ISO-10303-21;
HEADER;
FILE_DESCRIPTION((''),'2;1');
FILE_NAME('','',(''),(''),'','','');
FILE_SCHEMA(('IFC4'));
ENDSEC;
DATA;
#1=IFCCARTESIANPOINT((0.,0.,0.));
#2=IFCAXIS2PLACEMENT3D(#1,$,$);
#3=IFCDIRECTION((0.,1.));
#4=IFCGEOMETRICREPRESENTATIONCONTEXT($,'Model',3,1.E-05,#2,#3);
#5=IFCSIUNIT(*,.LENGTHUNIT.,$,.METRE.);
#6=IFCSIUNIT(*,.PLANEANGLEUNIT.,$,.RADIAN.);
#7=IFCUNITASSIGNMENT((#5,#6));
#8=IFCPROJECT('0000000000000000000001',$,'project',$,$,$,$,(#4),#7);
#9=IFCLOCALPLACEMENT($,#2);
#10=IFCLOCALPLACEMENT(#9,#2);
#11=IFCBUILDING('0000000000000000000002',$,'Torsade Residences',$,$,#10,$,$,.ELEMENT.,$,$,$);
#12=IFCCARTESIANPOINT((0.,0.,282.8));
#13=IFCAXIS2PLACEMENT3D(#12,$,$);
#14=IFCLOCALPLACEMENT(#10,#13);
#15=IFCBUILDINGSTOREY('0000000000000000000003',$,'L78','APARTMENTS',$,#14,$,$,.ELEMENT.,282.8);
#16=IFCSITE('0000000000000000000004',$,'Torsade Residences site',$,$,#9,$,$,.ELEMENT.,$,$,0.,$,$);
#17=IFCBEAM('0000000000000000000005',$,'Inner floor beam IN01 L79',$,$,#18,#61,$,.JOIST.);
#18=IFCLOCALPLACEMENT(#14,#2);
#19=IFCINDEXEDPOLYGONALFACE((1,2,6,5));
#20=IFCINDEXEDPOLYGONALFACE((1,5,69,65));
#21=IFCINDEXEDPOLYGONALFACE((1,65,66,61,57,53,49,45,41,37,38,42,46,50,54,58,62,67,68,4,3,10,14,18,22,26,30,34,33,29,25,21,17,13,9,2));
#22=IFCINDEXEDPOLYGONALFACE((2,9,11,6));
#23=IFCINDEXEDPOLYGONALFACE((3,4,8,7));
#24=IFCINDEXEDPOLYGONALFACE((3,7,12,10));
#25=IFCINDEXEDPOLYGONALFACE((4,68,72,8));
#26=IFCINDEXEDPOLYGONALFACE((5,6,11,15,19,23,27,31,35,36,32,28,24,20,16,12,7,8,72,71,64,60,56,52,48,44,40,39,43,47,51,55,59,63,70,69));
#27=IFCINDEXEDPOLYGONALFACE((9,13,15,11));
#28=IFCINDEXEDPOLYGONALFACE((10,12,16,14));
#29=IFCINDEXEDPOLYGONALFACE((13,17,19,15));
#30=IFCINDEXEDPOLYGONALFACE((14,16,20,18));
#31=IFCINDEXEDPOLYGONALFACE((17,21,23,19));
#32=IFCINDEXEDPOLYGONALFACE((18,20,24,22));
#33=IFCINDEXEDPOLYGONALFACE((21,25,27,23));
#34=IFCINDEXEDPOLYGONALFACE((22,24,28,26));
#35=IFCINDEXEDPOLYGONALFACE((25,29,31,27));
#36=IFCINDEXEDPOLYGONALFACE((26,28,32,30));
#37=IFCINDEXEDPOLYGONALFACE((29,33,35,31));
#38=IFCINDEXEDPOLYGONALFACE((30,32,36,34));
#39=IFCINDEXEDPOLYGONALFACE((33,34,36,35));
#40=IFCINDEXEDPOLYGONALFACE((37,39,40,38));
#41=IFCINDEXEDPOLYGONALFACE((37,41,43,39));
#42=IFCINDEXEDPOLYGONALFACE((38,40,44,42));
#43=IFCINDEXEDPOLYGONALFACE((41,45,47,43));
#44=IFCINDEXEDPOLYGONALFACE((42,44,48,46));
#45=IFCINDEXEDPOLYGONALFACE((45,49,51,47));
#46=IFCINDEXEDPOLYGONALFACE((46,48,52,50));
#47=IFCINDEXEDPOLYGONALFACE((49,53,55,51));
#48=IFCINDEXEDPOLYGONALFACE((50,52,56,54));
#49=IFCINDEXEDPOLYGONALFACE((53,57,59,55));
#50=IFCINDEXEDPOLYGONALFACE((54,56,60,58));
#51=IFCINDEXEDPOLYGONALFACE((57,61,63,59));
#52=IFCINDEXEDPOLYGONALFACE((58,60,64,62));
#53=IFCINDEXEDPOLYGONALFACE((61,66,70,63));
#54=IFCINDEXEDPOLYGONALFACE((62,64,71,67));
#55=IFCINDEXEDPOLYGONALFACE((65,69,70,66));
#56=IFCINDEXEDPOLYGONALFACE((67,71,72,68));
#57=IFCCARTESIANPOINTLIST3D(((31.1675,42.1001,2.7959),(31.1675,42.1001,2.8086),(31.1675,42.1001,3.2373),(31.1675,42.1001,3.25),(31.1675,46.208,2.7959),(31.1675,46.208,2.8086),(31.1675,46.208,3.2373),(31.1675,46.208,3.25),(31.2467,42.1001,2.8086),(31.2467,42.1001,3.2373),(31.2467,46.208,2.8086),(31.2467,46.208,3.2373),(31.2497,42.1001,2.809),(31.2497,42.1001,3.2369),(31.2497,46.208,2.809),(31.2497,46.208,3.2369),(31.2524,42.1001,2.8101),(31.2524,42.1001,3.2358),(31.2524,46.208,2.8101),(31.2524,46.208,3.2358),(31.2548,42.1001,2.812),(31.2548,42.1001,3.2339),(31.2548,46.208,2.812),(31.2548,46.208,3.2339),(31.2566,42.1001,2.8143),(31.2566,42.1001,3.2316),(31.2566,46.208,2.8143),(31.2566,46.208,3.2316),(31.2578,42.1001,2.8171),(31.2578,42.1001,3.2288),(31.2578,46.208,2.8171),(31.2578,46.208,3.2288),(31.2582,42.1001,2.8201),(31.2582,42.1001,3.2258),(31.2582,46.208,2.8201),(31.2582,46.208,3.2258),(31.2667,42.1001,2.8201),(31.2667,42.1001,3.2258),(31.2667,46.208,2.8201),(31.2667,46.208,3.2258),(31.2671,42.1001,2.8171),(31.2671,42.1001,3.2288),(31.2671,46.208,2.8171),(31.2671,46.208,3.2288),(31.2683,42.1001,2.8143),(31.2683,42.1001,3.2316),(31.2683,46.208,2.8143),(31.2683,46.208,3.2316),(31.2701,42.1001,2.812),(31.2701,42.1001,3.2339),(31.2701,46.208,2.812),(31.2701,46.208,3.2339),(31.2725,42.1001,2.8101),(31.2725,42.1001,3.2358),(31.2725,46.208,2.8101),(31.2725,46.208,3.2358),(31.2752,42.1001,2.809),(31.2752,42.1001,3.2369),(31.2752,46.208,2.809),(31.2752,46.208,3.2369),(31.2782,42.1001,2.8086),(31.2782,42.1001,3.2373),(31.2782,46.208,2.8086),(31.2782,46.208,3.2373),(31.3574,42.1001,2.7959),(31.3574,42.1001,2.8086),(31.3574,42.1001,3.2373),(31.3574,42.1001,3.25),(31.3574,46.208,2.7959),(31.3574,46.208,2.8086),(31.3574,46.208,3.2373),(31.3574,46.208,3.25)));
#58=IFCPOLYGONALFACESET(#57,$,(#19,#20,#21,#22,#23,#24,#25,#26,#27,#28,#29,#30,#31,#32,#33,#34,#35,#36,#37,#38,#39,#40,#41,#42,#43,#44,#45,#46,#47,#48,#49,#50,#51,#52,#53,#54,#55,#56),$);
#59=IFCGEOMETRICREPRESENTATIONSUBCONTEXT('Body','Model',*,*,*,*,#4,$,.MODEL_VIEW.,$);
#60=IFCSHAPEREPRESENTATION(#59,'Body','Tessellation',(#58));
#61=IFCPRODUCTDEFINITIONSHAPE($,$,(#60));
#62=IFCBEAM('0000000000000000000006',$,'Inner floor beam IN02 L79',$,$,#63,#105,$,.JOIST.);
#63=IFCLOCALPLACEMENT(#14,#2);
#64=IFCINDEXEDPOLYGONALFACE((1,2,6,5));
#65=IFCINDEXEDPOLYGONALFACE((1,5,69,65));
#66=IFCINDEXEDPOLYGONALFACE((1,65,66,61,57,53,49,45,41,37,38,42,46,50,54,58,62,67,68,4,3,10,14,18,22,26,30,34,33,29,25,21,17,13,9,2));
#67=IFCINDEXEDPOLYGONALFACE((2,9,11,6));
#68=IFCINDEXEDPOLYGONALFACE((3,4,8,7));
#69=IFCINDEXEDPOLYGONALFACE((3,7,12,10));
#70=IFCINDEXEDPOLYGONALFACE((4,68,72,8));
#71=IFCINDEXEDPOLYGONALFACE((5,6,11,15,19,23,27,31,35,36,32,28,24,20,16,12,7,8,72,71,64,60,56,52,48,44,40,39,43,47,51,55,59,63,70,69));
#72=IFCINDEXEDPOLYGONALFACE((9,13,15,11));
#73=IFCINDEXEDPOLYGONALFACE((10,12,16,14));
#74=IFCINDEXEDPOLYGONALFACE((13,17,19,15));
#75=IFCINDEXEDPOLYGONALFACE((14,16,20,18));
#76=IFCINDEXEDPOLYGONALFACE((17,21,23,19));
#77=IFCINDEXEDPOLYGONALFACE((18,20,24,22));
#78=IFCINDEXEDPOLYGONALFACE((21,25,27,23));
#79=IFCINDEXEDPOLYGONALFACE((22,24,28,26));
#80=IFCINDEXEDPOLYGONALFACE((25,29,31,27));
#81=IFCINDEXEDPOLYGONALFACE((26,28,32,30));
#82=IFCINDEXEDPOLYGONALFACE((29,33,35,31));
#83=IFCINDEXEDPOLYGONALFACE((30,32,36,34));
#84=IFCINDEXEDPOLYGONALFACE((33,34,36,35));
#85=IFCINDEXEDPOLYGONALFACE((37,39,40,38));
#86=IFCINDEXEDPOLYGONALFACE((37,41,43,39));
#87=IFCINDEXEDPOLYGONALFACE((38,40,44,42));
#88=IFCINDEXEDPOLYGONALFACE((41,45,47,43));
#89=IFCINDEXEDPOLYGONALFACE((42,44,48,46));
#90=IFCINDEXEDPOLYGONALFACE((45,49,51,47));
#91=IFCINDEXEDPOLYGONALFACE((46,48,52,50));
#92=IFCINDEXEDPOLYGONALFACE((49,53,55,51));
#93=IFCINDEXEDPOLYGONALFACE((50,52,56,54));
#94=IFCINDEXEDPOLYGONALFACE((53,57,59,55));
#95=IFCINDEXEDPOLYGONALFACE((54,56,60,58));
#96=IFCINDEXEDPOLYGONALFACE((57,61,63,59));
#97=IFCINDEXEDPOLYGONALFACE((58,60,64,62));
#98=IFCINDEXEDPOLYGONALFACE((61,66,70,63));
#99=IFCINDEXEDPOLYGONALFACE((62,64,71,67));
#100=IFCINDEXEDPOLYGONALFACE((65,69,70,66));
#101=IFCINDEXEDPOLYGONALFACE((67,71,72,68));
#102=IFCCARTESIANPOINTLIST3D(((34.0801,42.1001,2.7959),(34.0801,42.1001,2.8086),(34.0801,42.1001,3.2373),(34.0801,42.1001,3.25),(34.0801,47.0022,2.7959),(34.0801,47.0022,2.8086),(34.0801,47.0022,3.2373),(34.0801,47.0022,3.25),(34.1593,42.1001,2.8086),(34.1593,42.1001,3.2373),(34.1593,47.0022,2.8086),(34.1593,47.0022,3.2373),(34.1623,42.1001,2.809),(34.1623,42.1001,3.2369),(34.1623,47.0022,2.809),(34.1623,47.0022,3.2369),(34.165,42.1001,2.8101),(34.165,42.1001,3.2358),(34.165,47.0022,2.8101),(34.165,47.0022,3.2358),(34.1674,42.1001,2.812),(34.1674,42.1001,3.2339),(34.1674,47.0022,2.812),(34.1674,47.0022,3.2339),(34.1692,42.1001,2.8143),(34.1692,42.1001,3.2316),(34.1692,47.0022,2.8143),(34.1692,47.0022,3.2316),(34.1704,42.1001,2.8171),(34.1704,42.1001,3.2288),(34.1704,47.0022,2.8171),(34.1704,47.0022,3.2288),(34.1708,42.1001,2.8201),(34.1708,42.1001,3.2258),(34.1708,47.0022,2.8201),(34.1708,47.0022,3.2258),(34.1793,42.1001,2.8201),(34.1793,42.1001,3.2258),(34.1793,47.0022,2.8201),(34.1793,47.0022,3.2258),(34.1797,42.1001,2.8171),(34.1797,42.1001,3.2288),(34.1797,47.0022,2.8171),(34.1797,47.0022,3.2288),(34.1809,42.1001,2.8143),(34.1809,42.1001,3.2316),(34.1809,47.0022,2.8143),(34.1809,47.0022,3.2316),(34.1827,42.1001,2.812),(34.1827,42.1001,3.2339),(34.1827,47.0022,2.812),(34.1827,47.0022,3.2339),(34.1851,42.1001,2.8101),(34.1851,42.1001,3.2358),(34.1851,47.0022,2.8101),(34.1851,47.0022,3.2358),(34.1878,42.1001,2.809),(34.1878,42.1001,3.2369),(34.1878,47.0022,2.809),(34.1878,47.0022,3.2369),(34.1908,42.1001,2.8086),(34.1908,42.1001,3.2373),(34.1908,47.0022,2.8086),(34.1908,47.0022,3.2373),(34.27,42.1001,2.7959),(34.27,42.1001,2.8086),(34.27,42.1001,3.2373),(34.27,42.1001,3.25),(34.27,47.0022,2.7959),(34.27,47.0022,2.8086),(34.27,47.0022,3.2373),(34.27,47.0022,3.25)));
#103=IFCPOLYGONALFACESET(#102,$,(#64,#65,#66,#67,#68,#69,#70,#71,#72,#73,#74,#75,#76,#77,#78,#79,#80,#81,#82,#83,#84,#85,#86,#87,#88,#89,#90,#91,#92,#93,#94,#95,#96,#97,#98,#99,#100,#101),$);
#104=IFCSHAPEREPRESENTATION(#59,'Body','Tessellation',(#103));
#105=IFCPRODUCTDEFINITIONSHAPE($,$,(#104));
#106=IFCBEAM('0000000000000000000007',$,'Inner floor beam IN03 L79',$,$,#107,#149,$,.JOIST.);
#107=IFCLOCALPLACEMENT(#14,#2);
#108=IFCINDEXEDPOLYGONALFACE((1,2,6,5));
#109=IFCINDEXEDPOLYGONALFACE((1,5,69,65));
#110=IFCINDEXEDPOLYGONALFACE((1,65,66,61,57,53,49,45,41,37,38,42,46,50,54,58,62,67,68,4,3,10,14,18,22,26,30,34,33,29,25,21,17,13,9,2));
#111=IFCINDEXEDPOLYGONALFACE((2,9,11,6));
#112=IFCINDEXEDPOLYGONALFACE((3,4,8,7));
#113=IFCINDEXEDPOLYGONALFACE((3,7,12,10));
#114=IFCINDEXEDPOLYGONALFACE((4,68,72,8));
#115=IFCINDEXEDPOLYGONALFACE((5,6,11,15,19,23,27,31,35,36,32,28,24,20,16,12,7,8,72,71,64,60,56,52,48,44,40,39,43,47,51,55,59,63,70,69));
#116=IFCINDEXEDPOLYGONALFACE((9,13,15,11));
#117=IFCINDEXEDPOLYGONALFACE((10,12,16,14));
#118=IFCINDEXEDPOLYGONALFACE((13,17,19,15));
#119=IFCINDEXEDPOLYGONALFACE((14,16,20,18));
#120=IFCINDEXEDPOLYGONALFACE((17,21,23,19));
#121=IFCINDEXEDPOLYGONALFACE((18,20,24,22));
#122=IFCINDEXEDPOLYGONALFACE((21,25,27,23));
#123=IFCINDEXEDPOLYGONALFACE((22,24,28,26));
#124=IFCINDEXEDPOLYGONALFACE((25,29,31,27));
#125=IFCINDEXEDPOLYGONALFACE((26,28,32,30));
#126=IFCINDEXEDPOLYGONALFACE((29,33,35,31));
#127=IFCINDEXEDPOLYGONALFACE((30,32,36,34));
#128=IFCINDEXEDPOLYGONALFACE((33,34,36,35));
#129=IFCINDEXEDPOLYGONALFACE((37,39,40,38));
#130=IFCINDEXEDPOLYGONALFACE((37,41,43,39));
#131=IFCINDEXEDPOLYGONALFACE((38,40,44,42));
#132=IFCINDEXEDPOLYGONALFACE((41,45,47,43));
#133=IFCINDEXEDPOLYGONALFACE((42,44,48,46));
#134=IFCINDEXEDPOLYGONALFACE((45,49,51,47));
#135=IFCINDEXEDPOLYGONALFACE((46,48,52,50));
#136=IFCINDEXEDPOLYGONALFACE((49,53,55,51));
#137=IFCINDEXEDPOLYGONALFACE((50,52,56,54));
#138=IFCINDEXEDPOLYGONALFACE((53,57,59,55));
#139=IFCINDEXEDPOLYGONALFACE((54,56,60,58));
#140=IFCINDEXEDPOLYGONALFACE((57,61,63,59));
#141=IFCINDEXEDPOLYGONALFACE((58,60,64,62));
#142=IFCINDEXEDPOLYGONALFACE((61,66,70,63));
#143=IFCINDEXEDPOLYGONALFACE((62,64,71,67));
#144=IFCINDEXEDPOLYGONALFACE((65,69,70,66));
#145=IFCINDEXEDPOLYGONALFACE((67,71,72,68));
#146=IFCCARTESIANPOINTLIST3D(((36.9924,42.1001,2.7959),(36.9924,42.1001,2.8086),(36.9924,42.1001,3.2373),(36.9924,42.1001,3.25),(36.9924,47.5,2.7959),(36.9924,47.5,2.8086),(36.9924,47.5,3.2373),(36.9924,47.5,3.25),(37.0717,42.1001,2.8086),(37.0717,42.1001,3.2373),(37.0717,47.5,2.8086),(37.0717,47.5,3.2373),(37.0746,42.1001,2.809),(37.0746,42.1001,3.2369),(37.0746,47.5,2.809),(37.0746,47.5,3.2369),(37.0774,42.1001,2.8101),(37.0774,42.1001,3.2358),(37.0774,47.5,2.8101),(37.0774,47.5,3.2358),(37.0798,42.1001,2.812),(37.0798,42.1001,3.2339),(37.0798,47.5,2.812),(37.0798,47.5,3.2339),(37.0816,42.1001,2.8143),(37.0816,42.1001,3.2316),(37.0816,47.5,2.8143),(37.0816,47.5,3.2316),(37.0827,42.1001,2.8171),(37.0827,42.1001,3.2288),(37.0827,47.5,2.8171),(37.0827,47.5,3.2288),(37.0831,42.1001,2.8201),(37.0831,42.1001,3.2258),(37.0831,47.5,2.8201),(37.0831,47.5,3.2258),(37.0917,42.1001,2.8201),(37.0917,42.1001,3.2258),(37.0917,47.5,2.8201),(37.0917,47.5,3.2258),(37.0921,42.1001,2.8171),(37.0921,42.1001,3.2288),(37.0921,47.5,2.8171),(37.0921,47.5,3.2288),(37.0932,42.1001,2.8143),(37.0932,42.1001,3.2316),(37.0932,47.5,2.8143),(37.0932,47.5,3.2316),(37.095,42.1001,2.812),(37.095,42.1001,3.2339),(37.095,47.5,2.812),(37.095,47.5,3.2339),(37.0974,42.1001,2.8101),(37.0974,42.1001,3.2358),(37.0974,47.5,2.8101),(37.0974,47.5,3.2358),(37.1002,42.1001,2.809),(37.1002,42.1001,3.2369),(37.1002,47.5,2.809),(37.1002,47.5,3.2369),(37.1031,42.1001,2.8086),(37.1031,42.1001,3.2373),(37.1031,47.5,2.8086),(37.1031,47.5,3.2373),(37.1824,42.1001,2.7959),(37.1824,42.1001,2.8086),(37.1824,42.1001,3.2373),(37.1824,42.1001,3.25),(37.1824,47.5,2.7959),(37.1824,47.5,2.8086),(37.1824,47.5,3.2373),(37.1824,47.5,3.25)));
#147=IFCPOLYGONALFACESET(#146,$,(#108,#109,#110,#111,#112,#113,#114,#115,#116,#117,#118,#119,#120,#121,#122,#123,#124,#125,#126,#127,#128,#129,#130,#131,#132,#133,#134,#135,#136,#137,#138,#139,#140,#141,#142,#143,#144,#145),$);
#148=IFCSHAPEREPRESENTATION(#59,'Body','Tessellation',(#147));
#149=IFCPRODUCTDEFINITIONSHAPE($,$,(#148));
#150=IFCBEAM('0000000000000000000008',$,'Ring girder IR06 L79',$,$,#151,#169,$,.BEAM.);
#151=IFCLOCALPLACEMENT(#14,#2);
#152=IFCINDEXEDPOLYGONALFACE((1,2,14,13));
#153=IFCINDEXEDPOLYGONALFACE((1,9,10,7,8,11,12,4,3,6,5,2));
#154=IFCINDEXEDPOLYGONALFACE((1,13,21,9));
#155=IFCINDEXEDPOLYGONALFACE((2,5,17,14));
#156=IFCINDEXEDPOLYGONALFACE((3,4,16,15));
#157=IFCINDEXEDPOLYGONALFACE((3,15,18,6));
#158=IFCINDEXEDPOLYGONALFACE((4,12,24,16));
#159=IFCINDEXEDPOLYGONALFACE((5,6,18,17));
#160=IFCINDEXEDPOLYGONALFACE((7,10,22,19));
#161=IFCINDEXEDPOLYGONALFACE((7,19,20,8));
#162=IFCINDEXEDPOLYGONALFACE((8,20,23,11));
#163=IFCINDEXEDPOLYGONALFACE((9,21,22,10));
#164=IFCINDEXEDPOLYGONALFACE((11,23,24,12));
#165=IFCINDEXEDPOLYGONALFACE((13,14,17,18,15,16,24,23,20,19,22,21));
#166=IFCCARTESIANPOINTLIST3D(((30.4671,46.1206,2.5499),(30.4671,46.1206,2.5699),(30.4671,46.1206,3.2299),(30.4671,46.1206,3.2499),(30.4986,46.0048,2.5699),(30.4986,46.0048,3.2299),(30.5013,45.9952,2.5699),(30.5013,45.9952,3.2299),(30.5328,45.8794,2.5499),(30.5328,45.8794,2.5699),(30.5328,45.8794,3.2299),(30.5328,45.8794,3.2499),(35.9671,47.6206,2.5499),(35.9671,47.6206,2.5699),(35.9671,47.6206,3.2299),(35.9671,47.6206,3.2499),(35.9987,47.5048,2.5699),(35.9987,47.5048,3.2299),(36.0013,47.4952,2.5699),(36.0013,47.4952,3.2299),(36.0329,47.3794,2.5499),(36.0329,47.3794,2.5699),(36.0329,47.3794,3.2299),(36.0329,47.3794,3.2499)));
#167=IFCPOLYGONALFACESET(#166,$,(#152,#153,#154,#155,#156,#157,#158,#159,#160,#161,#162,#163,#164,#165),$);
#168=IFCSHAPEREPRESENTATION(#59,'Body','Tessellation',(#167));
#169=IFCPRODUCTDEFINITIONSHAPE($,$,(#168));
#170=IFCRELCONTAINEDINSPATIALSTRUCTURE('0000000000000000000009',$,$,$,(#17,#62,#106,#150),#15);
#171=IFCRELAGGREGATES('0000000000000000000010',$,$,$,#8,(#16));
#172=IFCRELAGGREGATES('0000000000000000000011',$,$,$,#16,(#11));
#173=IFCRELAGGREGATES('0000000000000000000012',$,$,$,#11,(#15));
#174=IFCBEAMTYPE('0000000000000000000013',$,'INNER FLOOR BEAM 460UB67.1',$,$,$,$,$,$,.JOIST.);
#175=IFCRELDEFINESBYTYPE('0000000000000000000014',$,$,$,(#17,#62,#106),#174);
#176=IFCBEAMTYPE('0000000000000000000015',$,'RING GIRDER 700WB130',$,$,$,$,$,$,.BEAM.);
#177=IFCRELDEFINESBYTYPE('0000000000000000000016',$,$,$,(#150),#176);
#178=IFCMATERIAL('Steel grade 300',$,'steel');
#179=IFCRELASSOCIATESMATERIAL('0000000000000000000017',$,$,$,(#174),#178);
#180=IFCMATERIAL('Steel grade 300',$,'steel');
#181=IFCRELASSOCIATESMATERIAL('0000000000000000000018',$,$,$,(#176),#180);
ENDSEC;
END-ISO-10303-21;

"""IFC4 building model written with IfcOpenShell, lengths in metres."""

from ifc_helpers import new_model, si_unit, direction, frame, origin, origin_2d, place, context, subcontext, project, spatial, i_section, extrude, material, material_profile, profile_set, type_object, element, save


model = new_model("IFC4")

# Units and contexts
model_context = context("Model", 3, precision=1e-05, world=origin(), true_north=direction((0.0, 1.0)))
body_context = subcontext(model_context, "Body", "Model", "MODEL_VIEW")
ifc_project = project(units=[si_unit("LENGTHUNIT", "METRE"), si_unit("PLANEANGLEUNIT", "RADIAN")], contexts=[model_context])

# Site, building, storey
site_placement = place(None, origin())
site = spatial("IfcSite", under=ifc_project, at=site_placement, Name="Torsade Residences site", CompositionType="ELEMENT", RefElevation=0.0)
building_placement = place(site_placement, origin())
building = spatial("IfcBuilding", under=site, at=building_placement, Name="Torsade Residences", CompositionType="ELEMENT")
storey_placement = place(building_placement, frame((0.0, 0.0, 282.8)))
storey = spatial("IfcBuildingStorey", under=building, at=storey_placement, Name="L78", Description="APARTMENTS", CompositionType="ELEMENT", Elevation=282.8)

# Beams
ifc_material_1 = material(Name="Steel grade 300", Category="steel")
ifc_material_profile_1 = material_profile(ifc_material_1, i_section(OverallWidth=0.1899, OverallDepth=0.4541, WebThickness=0.0085, FlangeThickness=0.0127, FilletRadius=0.0115, at=origin_2d()), Name="460UB67.1")
ifc_profile_set_1 = profile_set([ifc_material_profile_1], Name="Steel grade 300")
beam_type_1 = type_object("IfcBeamType", Name="INNER FLOOR BEAM 460UB67.1", PredefinedType="JOIST", material=ifc_profile_set_1)
beam_1_placement = place(storey_placement, frame((31.2625, 42.1001, 3.0229), z_axis=(0.0, 1.0, 0.0), x_axis=(-1.0, 0.0, 0.0)))
element("IfcBeam", 1, at=beam_1_placement, inside=storey, type_object=beam_type_1, Name="Inner floor beam IN01 L79", PredefinedType="JOIST", context=body_context, shape_type="SweptSolid", body=[
    extrude(i_section(OverallWidth=0.1899, OverallDepth=0.4541, WebThickness=0.0085, FlangeThickness=0.0127, FilletRadius=0.0115, at=origin_2d()), origin(), (0.0, 0.0, 1.0), 4.1079),
])
beam_2_placement = place(storey_placement, frame((34.175, 42.1001, 3.0229), z_axis=(0.0, 1.0, 0.0), x_axis=(-1.0, 0.0, 0.0)))
element("IfcBeam", 2, at=beam_2_placement, inside=storey, type_object=beam_type_1, Name="Inner floor beam IN02 L79", PredefinedType="JOIST", context=body_context, shape_type="SweptSolid", body=[
    extrude(i_section(OverallWidth=0.1899, OverallDepth=0.4541, WebThickness=0.0085, FlangeThickness=0.0127, FilletRadius=0.0115, at=origin_2d()), origin(), (0.0, 0.0, 1.0), 4.9021),
])
beam_3_placement = place(storey_placement, frame((37.0874, 42.1001, 3.0229), z_axis=(0.0, 1.0, 0.0), x_axis=(-1.0, 0.0, 0.0)))
element("IfcBeam", 3, at=beam_3_placement, inside=storey, type_object=beam_type_1, Name="Inner floor beam IN03 L79", PredefinedType="JOIST", context=body_context, shape_type="SweptSolid", body=[
    extrude(i_section(OverallWidth=0.1899, OverallDepth=0.4541, WebThickness=0.0085, FlangeThickness=0.0127, FilletRadius=0.0115, at=origin_2d()), origin(), (0.0, 0.0, 1.0), 5.3999),
])
ifc_material_2 = material(Name="Steel grade 300", Category="steel")
ifc_material_profile_2 = material_profile(ifc_material_2, i_section(OverallWidth=0.25, OverallDepth=0.7, WebThickness=0.01, FlangeThickness=0.02, at=origin_2d()), Name="700WB130")
ifc_profile_set_2 = profile_set([ifc_material_profile_2], Name="Steel grade 300")
beam_type_2 = type_object("IfcBeamType", Name="RING GIRDER 700WB130", PredefinedType="BEAM", material=ifc_profile_set_2)
beam_4_placement = place(storey_placement, frame((36.0, 47.5, 2.8999), z_axis=(-0.964764, -0.263117, 0.0), x_axis=(0.263117, -0.964764, 0.0)))
element("IfcBeam", 4, at=beam_4_placement, inside=storey, type_object=beam_type_2, Name="Ring girder IR06 L79", PredefinedType="BEAM", context=body_context, shape_type="SweptSolid", body=[
    extrude(i_section(OverallWidth=0.25, OverallDepth=0.7, WebThickness=0.01, FlangeThickness=0.02, at=origin_2d()), origin(), (0.0, 0.0, 1.0), 5.7009),
])

save(model, "model.ifc")
